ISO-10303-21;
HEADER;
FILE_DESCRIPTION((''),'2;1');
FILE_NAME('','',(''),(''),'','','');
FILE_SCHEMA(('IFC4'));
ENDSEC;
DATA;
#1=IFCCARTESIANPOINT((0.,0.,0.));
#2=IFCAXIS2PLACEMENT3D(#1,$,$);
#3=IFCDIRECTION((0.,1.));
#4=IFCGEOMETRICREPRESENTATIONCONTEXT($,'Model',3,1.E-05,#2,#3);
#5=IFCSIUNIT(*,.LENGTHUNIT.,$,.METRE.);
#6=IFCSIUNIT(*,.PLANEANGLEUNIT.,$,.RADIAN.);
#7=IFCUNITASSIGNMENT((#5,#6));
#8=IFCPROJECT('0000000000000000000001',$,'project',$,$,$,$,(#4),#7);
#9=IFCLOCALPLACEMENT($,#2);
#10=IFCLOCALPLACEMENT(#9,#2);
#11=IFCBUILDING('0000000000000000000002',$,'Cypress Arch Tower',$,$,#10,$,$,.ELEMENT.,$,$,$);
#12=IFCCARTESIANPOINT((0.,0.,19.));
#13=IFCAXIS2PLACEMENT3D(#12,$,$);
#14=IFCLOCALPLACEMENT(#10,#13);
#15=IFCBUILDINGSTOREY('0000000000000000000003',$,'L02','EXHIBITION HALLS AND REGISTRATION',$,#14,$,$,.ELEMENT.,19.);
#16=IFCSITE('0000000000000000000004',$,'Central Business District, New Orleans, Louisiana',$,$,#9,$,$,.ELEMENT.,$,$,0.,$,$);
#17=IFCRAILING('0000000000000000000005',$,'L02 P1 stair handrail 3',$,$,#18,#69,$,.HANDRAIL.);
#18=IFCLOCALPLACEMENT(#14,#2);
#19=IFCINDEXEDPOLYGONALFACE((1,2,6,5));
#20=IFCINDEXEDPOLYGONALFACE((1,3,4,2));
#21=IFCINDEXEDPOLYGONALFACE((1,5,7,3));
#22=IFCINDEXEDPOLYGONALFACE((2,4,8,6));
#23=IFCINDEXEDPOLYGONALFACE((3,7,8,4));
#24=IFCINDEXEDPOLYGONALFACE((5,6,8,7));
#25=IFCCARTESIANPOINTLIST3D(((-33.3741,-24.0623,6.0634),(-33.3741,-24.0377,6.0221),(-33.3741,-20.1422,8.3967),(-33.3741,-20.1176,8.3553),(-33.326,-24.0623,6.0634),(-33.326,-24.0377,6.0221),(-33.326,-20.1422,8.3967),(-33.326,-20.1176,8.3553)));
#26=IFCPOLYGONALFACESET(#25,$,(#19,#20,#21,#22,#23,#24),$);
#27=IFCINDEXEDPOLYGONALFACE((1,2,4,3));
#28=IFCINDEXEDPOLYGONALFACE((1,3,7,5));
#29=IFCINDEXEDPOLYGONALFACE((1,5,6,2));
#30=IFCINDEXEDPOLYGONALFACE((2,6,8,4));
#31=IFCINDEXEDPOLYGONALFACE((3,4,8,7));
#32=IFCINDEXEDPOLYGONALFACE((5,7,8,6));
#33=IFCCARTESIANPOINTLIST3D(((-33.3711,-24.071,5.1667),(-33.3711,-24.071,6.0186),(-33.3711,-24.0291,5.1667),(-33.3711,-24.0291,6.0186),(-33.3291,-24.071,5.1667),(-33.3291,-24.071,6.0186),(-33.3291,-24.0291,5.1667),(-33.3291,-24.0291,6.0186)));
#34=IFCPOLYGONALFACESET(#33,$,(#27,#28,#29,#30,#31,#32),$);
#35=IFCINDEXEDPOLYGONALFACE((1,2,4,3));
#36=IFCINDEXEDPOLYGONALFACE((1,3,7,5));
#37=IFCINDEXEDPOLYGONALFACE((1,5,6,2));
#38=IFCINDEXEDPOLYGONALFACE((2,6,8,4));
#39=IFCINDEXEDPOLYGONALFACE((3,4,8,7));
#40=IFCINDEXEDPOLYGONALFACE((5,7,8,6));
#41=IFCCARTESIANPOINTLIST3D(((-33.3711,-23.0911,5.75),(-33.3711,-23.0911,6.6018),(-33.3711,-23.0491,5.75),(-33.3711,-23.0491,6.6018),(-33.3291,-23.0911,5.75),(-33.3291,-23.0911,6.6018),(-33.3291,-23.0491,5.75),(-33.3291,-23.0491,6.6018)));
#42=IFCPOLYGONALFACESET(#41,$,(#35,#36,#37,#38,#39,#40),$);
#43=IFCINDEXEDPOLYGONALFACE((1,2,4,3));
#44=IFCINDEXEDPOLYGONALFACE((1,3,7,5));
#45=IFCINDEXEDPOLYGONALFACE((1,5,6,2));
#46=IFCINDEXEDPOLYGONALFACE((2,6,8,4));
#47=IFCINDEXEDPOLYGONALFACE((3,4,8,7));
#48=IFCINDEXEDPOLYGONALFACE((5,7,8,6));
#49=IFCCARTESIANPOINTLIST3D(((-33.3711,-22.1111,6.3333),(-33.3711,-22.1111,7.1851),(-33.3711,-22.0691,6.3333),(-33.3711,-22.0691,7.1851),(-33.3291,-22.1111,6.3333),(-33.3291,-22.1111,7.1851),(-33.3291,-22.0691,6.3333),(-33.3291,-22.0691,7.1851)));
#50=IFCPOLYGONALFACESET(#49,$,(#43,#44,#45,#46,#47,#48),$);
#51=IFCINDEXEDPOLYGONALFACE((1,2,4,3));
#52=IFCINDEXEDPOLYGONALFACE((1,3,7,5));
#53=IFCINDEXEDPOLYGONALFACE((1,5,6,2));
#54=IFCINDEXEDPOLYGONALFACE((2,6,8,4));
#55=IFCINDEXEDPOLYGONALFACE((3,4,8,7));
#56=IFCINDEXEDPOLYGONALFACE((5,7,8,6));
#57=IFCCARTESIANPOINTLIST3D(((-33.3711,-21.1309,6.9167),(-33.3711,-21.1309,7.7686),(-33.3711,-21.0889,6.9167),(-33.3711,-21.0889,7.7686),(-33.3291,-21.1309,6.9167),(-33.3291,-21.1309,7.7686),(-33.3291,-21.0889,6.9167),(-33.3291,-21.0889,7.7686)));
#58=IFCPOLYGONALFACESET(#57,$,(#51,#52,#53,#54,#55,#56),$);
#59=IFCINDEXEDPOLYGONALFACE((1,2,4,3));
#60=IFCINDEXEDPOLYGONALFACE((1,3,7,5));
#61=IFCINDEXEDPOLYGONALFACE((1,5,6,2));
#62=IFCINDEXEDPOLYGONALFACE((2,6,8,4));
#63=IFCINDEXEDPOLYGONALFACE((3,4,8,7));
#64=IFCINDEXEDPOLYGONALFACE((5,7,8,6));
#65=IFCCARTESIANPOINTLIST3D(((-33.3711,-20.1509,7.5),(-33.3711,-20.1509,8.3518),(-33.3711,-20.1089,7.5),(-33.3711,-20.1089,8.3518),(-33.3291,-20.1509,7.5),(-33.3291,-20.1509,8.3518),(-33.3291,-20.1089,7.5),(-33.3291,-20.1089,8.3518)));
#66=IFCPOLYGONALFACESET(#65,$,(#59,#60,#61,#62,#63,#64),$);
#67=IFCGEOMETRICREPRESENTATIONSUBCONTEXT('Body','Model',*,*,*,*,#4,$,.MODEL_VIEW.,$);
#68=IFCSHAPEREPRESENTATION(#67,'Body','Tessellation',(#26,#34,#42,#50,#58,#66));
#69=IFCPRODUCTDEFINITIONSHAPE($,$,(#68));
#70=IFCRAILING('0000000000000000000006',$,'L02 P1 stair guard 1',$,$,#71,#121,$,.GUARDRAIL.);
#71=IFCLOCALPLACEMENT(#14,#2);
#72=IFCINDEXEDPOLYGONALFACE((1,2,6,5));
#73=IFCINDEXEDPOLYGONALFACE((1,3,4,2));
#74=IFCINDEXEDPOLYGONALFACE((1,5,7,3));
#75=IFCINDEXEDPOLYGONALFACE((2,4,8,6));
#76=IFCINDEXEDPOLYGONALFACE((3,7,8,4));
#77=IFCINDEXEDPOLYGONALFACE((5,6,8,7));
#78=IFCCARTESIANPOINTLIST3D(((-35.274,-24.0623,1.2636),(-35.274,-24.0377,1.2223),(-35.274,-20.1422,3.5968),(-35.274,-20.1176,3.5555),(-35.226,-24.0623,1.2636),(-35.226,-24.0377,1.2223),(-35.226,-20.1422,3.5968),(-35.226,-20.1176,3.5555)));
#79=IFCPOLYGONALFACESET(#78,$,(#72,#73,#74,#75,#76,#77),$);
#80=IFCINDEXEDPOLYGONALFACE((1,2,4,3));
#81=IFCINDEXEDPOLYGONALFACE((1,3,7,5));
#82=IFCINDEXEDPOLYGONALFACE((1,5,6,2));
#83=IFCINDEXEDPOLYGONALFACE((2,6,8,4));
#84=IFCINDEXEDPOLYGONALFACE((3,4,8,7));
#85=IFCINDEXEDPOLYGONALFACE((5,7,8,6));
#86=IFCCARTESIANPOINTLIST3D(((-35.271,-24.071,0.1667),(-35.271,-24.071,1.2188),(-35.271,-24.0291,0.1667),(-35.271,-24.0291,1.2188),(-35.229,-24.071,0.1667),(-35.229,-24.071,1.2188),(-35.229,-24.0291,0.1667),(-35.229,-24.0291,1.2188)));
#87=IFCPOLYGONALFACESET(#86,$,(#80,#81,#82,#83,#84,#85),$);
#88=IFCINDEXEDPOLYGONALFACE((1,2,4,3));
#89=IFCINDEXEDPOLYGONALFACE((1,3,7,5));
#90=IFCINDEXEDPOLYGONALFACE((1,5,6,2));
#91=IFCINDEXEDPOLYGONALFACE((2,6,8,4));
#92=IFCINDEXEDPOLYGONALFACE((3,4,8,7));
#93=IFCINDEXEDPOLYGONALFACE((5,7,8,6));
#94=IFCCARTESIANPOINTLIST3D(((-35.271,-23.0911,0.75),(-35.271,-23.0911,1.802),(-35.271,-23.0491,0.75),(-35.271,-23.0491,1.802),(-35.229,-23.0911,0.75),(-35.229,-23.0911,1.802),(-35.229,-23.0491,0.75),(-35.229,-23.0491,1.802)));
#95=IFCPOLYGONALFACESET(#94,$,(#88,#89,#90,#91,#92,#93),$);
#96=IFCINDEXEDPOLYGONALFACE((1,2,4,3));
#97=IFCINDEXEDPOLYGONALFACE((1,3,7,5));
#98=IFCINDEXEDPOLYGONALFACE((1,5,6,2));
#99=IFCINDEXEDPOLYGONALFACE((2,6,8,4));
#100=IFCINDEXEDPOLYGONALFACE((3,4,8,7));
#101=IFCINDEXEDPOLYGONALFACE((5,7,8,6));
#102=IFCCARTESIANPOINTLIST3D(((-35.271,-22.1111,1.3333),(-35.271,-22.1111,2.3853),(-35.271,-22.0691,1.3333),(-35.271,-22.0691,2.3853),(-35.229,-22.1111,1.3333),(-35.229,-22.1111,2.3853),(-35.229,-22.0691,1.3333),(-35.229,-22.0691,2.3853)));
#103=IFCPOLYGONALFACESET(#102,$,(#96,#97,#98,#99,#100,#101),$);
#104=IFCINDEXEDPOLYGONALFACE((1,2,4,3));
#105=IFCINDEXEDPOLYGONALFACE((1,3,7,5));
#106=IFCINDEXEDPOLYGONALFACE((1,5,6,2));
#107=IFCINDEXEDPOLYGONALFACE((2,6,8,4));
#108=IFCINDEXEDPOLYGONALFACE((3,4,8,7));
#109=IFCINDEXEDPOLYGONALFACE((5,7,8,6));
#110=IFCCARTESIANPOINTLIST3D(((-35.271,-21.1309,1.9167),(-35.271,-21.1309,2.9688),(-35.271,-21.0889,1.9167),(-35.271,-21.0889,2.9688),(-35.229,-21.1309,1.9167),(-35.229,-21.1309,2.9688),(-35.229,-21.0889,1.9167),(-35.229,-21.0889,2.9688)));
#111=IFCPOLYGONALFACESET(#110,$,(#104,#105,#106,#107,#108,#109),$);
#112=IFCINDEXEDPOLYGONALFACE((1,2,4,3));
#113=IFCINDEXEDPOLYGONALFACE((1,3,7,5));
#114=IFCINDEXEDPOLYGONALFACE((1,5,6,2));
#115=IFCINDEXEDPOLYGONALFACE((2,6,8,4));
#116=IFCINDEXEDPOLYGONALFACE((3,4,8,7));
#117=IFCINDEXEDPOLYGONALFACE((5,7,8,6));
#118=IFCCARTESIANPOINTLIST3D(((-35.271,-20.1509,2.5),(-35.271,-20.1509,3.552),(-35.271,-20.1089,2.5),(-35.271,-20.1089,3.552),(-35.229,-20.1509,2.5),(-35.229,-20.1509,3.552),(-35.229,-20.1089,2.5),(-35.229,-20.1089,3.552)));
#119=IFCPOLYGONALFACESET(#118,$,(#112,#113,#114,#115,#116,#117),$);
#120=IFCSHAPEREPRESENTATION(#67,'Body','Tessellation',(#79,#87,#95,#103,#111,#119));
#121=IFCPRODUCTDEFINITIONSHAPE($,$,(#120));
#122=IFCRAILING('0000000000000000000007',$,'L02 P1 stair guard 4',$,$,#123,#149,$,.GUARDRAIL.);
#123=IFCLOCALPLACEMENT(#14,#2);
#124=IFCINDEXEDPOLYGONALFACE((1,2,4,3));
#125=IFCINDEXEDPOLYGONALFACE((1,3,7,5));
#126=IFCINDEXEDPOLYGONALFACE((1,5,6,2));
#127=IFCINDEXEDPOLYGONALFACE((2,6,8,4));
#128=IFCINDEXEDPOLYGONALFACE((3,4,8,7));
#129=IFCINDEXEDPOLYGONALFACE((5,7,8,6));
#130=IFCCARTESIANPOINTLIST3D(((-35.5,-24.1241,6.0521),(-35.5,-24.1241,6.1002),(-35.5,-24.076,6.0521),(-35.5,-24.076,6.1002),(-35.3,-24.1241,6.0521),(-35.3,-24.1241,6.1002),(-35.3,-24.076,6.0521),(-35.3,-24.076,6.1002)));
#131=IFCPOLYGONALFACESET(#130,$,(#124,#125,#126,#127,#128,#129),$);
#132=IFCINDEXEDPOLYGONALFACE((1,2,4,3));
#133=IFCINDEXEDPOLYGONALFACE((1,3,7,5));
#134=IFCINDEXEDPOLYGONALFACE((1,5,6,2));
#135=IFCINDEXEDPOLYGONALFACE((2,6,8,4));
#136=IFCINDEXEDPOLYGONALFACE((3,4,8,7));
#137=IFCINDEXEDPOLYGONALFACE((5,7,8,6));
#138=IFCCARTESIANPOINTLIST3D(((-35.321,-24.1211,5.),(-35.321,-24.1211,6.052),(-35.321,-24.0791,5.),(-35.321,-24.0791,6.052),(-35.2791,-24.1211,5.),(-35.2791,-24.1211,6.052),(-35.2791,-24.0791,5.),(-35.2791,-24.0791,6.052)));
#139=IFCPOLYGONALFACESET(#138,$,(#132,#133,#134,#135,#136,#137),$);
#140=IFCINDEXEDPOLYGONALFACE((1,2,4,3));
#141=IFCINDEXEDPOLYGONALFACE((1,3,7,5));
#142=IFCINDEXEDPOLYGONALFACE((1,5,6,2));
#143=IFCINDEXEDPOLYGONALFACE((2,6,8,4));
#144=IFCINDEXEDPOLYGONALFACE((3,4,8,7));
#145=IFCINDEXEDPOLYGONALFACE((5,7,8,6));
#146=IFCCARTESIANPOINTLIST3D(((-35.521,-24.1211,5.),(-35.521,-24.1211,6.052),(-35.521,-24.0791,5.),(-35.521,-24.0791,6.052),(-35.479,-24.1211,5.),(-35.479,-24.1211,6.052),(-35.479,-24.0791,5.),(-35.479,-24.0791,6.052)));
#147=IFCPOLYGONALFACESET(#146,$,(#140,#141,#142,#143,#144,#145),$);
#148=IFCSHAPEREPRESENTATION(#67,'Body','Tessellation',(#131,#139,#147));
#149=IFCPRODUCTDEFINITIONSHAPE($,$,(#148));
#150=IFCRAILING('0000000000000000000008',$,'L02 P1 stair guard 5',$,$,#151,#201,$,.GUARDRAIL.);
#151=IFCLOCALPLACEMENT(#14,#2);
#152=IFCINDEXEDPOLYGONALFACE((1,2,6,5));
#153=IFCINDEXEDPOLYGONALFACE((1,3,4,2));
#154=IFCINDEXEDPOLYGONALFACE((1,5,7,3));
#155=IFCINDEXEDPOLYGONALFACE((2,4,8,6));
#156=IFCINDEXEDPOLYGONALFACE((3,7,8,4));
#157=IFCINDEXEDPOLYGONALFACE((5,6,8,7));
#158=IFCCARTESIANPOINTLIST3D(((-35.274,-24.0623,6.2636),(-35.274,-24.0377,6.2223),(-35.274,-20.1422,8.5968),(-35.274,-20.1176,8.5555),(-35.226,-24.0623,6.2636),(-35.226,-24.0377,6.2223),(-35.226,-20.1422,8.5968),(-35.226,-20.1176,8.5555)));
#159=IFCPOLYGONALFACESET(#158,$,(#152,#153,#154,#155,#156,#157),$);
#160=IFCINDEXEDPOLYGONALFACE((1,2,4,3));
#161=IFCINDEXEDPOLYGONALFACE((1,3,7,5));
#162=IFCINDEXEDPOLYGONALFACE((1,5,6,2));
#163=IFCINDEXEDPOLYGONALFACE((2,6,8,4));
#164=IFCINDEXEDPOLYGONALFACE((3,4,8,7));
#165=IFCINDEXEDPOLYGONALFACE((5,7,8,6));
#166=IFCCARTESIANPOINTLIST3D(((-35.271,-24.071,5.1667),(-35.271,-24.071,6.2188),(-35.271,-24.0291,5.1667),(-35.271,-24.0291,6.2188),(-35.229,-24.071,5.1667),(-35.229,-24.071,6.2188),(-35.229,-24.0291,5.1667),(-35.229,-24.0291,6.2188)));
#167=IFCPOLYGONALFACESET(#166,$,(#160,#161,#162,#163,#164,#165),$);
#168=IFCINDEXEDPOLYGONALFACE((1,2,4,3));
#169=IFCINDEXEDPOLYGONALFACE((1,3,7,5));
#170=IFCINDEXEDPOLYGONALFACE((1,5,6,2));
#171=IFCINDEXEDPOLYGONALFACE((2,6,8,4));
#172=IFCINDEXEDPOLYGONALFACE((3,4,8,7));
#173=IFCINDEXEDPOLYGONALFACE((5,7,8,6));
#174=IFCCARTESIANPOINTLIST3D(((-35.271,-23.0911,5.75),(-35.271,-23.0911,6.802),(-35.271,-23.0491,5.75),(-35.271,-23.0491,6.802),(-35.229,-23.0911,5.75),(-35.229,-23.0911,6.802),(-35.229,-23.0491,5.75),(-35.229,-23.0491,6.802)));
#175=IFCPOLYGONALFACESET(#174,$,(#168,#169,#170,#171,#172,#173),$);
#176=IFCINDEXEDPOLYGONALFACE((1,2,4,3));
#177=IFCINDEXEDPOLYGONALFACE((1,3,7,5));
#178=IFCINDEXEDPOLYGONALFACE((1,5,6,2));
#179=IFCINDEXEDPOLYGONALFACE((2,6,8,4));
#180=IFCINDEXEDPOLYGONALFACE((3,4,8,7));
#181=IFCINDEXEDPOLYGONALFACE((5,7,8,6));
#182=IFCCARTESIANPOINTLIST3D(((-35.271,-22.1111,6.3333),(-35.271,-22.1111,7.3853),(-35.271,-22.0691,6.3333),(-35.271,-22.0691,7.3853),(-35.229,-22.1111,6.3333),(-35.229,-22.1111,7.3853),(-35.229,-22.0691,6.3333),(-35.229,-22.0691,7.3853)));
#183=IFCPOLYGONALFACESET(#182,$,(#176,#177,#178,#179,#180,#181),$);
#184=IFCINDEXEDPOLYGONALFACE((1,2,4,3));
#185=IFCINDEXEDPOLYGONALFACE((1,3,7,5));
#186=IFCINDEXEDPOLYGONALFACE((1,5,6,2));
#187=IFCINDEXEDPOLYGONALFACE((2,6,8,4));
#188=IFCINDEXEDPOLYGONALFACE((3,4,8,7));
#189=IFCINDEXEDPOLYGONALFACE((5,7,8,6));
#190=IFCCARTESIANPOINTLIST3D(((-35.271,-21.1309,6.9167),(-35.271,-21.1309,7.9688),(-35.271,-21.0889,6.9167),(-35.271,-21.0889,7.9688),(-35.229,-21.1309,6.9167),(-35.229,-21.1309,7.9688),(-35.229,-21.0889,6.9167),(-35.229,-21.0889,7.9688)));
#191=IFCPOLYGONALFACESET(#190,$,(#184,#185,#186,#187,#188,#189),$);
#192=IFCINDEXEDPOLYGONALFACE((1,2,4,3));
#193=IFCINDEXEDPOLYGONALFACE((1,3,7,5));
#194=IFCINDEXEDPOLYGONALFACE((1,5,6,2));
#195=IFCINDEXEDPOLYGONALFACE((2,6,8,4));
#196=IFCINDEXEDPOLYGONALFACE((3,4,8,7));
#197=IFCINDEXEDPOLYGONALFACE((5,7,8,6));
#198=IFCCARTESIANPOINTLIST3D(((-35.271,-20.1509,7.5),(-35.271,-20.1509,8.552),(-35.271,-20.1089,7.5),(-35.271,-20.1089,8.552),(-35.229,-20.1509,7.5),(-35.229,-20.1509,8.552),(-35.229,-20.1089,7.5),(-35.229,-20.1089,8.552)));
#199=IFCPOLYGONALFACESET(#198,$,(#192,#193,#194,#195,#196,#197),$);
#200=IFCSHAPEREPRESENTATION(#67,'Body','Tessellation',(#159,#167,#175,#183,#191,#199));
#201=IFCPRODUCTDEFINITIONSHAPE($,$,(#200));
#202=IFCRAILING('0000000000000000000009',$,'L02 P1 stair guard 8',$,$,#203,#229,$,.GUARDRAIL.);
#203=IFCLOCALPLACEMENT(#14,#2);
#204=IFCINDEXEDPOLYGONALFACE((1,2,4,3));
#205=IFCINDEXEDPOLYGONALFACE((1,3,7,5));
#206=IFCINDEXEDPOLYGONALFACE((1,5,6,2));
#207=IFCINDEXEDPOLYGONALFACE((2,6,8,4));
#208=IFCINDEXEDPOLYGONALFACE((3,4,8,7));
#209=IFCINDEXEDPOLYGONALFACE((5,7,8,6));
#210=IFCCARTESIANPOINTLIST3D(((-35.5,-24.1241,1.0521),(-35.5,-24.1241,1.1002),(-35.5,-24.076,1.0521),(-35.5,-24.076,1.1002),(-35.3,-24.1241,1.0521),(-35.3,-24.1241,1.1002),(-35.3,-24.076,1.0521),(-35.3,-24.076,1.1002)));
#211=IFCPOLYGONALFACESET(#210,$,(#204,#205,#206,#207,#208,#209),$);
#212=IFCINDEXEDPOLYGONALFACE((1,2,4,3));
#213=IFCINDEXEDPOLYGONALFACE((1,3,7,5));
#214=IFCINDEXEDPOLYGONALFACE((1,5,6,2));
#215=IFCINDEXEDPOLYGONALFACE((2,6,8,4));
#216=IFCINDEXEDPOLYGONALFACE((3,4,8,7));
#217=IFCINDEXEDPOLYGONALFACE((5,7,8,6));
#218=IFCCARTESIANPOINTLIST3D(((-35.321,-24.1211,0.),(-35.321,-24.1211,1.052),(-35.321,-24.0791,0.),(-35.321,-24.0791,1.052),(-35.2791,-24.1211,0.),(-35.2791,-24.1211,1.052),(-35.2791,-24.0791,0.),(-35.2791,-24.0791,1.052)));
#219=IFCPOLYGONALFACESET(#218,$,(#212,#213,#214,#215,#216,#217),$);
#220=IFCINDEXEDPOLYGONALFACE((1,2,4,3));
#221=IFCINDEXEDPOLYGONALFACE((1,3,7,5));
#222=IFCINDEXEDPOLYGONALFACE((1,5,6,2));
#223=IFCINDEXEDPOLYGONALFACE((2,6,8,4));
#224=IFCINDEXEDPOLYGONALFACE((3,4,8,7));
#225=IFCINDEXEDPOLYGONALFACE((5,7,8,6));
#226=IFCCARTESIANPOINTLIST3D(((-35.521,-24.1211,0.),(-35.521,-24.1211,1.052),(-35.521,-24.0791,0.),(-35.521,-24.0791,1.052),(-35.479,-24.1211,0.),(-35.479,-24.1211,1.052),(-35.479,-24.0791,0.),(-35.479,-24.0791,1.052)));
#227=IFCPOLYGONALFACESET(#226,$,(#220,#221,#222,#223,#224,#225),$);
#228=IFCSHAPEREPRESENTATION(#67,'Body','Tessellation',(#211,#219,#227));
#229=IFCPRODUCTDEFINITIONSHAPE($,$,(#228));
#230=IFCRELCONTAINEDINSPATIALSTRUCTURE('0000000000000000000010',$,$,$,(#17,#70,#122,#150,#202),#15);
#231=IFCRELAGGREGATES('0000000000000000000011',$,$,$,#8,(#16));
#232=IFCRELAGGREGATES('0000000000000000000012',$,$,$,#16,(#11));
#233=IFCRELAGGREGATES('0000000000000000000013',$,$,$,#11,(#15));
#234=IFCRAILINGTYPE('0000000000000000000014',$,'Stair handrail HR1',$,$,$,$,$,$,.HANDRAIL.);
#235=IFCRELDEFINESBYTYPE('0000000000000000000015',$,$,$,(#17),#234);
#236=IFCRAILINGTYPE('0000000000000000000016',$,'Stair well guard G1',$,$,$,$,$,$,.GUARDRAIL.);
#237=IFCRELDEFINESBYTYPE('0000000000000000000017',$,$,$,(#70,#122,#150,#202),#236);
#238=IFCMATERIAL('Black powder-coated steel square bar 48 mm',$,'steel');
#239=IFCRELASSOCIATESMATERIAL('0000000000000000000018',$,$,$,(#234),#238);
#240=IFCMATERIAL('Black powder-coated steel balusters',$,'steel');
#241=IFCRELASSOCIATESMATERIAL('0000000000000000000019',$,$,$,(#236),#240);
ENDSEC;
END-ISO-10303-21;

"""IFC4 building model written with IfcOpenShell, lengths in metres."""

from ifc_helpers import new_model, si_unit, direction, frame, origin, origin_2d, place, context, subcontext, project, spatial, rectangle, extrude, material, type_object, element, save


model = new_model("IFC4")

# Units and contexts
model_context = context("Model", 3, precision=1e-05, world=origin(), true_north=direction((0.0, 1.0)))
body_context = subcontext(model_context, "Body", "Model", "MODEL_VIEW")
ifc_project = project(units=[si_unit("LENGTHUNIT", "METRE"), si_unit("PLANEANGLEUNIT", "RADIAN")], contexts=[model_context])

# Site, building, storey
site_placement = place(None, origin())
site = spatial("IfcSite", under=ifc_project, at=site_placement, Name="Central Business District, New Orleans, Louisiana", CompositionType="ELEMENT", RefElevation=0.0)
building_placement = place(site_placement, origin())
building = spatial("IfcBuilding", under=site, at=building_placement, Name="Cypress Arch Tower", CompositionType="ELEMENT")
storey_placement = place(building_placement, frame((0.0, 0.0, 19.0)))
storey = spatial("IfcBuildingStorey", under=building, at=storey_placement, Name="L02", Description="EXHIBITION HALLS AND REGISTRATION", CompositionType="ELEMENT", Elevation=19.0)

# Railings
ifc_material_1 = material(Name="Black powder-coated steel square bar 48 mm", Category="steel")
railing_type_1 = type_object("IfcRailingType", Name="Stair handrail HR1", PredefinedType="HANDRAIL", material=ifc_material_1)
for number, where, name in (
    (1, (-33.3501, -24.05, 5.1667), "L02 P1 stair handrail 3"),
):
    element("IfcRailing", number, at=place(storey_placement, frame(where)), inside=storey, type_object=railing_type_1, Name=name, PredefinedType="HANDRAIL", context=body_context, shape_type="SweptSolid", body=[
        extrude(rectangle(XDim=0.0481, YDim=0.0481, at=origin_2d()), frame((0.0, 0.0, 0.876), z_axis=(0.0, 0.85931, 0.511455), x_axis=(-1.0, 0.0, 0.0)), (0.0, 0.0, 1.0), 4.562),
        extrude(rectangle(XDim=0.042, YDim=0.042, at=origin_2d()), origin(), (0.0, 0.0, 1.0), 0.8518),
        extrude(rectangle(XDim=0.042, YDim=0.042, at=origin_2d()), frame((0.0, 0.98, 0.5833)), (0.0, 0.0, 1.0), 0.8518),
        extrude(rectangle(XDim=0.042, YDim=0.042, at=origin_2d()), frame((0.0, 1.96, 1.1665)), (0.0, 0.0, 1.0), 0.8518),
        extrude(rectangle(XDim=0.042, YDim=0.042, at=origin_2d()), frame((0.0, 2.9402, 1.75)), (0.0, 0.0, 1.0), 0.8518),
        extrude(rectangle(XDim=0.042, YDim=0.042, at=origin_2d()), frame((0.0, 3.9202, 2.3333)), (0.0, 0.0, 1.0), 0.8518),
    ])
ifc_material_2 = material(Name="Black powder-coated steel balusters", Category="steel")
railing_type_2 = type_object("IfcRailingType", Name="Stair well guard G1", PredefinedType="GUARDRAIL", material=ifc_material_2)
railing_1_placement = place(storey_placement, frame((-35.25, -24.05, 0.1667)))
element("IfcRailing", 2, at=railing_1_placement, inside=storey, type_object=railing_type_2, Name="L02 P1 stair guard 1", PredefinedType="GUARDRAIL", context=body_context, shape_type="SweptSolid", body=[
    extrude(rectangle(XDim=0.0481, YDim=0.0481, at=origin_2d()), frame((0.0, 0.0, 1.0762), z_axis=(0.0, 0.85931, 0.511455), x_axis=(-1.0, 0.0, 0.0)), (0.0, 0.0, 1.0), 4.562),
    extrude(rectangle(XDim=0.042, YDim=0.042, at=origin_2d()), origin(), (0.0, 0.0, 1.0), 1.052),
    extrude(rectangle(XDim=0.042, YDim=0.042, at=origin_2d()), frame((0.0, 0.98, 0.5833)), (0.0, 0.0, 1.0), 1.052),
    extrude(rectangle(XDim=0.042, YDim=0.042, at=origin_2d()), frame((0.0, 1.96, 1.1665)), (0.0, 0.0, 1.0), 1.052),
    extrude(rectangle(XDim=0.042, YDim=0.042, at=origin_2d()), frame((0.0, 2.9402, 1.75)), (0.0, 0.0, 1.0), 1.052),
    extrude(rectangle(XDim=0.042, YDim=0.042, at=origin_2d()), frame((0.0, 3.9202, 2.3333)), (0.0, 0.0, 1.0), 1.052),
])
railing_2_placement = place(storey_placement, frame((-35.3, -24.1001, 5.0)))
element("IfcRailing", 3, at=railing_2_placement, inside=storey, type_object=railing_type_2, Name="L02 P1 stair guard 4", PredefinedType="GUARDRAIL", context=body_context, shape_type="SweptSolid", body=[
    extrude(rectangle(XDim=0.0481, YDim=0.0481, at=origin_2d()), frame((0.0, 0.0, 1.0762), z_axis=(-1.0, 0.0, 0.0), x_axis=(0.0, -1.0, 0.0)), (0.0, 0.0, 1.0), 0.2),
    extrude(rectangle(XDim=0.042, YDim=0.042, at=origin_2d()), origin(), (0.0, 0.0, 1.0), 1.052),
    extrude(rectangle(XDim=0.042, YDim=0.042, at=origin_2d()), frame((-0.2, 0.0, 0.0)), (0.0, 0.0, 1.0), 1.052),
])
railing_3_placement = place(storey_placement, frame((-35.25, -24.05, 5.1667)))
element("IfcRailing", 4, at=railing_3_placement, inside=storey, type_object=railing_type_2, Name="L02 P1 stair guard 5", PredefinedType="GUARDRAIL", context=body_context, shape_type="SweptSolid", body=[
    extrude(rectangle(XDim=0.0481, YDim=0.0481, at=origin_2d()), frame((0.0, 0.0, 1.0762), z_axis=(0.0, 0.85931, 0.511455), x_axis=(-1.0, 0.0, 0.0)), (0.0, 0.0, 1.0), 4.562),
    extrude(rectangle(XDim=0.042, YDim=0.042, at=origin_2d()), origin(), (0.0, 0.0, 1.0), 1.052),
    extrude(rectangle(XDim=0.042, YDim=0.042, at=origin_2d()), frame((0.0, 0.98, 0.5833)), (0.0, 0.0, 1.0), 1.052),
    extrude(rectangle(XDim=0.042, YDim=0.042, at=origin_2d()), frame((0.0, 1.96, 1.1665)), (0.0, 0.0, 1.0), 1.052),
    extrude(rectangle(XDim=0.042, YDim=0.042, at=origin_2d()), frame((0.0, 2.9402, 1.75)), (0.0, 0.0, 1.0), 1.052),
    extrude(rectangle(XDim=0.042, YDim=0.042, at=origin_2d()), frame((0.0, 3.9202, 2.3333)), (0.0, 0.0, 1.0), 1.052),
])
railing_4_placement = place(storey_placement, frame((-35.3, -24.1001, 0.0)))
element("IfcRailing", 5, at=railing_4_placement, inside=storey, type_object=railing_type_2, Name="L02 P1 stair guard 8", PredefinedType="GUARDRAIL", context=body_context, shape_type="SweptSolid", body=[
    extrude(rectangle(XDim=0.0481, YDim=0.0481, at=origin_2d()), frame((0.0, 0.0, 1.0762), z_axis=(-1.0, 0.0, 0.0), x_axis=(0.0, -1.0, 0.0)), (0.0, 0.0, 1.0), 0.2),
    extrude(rectangle(XDim=0.042, YDim=0.042, at=origin_2d()), origin(), (0.0, 0.0, 1.0), 1.052),
    extrude(rectangle(XDim=0.042, YDim=0.042, at=origin_2d()), frame((-0.2, 0.0, 0.0)), (0.0, 0.0, 1.0), 1.052),
])

save(model, "model.ifc")
